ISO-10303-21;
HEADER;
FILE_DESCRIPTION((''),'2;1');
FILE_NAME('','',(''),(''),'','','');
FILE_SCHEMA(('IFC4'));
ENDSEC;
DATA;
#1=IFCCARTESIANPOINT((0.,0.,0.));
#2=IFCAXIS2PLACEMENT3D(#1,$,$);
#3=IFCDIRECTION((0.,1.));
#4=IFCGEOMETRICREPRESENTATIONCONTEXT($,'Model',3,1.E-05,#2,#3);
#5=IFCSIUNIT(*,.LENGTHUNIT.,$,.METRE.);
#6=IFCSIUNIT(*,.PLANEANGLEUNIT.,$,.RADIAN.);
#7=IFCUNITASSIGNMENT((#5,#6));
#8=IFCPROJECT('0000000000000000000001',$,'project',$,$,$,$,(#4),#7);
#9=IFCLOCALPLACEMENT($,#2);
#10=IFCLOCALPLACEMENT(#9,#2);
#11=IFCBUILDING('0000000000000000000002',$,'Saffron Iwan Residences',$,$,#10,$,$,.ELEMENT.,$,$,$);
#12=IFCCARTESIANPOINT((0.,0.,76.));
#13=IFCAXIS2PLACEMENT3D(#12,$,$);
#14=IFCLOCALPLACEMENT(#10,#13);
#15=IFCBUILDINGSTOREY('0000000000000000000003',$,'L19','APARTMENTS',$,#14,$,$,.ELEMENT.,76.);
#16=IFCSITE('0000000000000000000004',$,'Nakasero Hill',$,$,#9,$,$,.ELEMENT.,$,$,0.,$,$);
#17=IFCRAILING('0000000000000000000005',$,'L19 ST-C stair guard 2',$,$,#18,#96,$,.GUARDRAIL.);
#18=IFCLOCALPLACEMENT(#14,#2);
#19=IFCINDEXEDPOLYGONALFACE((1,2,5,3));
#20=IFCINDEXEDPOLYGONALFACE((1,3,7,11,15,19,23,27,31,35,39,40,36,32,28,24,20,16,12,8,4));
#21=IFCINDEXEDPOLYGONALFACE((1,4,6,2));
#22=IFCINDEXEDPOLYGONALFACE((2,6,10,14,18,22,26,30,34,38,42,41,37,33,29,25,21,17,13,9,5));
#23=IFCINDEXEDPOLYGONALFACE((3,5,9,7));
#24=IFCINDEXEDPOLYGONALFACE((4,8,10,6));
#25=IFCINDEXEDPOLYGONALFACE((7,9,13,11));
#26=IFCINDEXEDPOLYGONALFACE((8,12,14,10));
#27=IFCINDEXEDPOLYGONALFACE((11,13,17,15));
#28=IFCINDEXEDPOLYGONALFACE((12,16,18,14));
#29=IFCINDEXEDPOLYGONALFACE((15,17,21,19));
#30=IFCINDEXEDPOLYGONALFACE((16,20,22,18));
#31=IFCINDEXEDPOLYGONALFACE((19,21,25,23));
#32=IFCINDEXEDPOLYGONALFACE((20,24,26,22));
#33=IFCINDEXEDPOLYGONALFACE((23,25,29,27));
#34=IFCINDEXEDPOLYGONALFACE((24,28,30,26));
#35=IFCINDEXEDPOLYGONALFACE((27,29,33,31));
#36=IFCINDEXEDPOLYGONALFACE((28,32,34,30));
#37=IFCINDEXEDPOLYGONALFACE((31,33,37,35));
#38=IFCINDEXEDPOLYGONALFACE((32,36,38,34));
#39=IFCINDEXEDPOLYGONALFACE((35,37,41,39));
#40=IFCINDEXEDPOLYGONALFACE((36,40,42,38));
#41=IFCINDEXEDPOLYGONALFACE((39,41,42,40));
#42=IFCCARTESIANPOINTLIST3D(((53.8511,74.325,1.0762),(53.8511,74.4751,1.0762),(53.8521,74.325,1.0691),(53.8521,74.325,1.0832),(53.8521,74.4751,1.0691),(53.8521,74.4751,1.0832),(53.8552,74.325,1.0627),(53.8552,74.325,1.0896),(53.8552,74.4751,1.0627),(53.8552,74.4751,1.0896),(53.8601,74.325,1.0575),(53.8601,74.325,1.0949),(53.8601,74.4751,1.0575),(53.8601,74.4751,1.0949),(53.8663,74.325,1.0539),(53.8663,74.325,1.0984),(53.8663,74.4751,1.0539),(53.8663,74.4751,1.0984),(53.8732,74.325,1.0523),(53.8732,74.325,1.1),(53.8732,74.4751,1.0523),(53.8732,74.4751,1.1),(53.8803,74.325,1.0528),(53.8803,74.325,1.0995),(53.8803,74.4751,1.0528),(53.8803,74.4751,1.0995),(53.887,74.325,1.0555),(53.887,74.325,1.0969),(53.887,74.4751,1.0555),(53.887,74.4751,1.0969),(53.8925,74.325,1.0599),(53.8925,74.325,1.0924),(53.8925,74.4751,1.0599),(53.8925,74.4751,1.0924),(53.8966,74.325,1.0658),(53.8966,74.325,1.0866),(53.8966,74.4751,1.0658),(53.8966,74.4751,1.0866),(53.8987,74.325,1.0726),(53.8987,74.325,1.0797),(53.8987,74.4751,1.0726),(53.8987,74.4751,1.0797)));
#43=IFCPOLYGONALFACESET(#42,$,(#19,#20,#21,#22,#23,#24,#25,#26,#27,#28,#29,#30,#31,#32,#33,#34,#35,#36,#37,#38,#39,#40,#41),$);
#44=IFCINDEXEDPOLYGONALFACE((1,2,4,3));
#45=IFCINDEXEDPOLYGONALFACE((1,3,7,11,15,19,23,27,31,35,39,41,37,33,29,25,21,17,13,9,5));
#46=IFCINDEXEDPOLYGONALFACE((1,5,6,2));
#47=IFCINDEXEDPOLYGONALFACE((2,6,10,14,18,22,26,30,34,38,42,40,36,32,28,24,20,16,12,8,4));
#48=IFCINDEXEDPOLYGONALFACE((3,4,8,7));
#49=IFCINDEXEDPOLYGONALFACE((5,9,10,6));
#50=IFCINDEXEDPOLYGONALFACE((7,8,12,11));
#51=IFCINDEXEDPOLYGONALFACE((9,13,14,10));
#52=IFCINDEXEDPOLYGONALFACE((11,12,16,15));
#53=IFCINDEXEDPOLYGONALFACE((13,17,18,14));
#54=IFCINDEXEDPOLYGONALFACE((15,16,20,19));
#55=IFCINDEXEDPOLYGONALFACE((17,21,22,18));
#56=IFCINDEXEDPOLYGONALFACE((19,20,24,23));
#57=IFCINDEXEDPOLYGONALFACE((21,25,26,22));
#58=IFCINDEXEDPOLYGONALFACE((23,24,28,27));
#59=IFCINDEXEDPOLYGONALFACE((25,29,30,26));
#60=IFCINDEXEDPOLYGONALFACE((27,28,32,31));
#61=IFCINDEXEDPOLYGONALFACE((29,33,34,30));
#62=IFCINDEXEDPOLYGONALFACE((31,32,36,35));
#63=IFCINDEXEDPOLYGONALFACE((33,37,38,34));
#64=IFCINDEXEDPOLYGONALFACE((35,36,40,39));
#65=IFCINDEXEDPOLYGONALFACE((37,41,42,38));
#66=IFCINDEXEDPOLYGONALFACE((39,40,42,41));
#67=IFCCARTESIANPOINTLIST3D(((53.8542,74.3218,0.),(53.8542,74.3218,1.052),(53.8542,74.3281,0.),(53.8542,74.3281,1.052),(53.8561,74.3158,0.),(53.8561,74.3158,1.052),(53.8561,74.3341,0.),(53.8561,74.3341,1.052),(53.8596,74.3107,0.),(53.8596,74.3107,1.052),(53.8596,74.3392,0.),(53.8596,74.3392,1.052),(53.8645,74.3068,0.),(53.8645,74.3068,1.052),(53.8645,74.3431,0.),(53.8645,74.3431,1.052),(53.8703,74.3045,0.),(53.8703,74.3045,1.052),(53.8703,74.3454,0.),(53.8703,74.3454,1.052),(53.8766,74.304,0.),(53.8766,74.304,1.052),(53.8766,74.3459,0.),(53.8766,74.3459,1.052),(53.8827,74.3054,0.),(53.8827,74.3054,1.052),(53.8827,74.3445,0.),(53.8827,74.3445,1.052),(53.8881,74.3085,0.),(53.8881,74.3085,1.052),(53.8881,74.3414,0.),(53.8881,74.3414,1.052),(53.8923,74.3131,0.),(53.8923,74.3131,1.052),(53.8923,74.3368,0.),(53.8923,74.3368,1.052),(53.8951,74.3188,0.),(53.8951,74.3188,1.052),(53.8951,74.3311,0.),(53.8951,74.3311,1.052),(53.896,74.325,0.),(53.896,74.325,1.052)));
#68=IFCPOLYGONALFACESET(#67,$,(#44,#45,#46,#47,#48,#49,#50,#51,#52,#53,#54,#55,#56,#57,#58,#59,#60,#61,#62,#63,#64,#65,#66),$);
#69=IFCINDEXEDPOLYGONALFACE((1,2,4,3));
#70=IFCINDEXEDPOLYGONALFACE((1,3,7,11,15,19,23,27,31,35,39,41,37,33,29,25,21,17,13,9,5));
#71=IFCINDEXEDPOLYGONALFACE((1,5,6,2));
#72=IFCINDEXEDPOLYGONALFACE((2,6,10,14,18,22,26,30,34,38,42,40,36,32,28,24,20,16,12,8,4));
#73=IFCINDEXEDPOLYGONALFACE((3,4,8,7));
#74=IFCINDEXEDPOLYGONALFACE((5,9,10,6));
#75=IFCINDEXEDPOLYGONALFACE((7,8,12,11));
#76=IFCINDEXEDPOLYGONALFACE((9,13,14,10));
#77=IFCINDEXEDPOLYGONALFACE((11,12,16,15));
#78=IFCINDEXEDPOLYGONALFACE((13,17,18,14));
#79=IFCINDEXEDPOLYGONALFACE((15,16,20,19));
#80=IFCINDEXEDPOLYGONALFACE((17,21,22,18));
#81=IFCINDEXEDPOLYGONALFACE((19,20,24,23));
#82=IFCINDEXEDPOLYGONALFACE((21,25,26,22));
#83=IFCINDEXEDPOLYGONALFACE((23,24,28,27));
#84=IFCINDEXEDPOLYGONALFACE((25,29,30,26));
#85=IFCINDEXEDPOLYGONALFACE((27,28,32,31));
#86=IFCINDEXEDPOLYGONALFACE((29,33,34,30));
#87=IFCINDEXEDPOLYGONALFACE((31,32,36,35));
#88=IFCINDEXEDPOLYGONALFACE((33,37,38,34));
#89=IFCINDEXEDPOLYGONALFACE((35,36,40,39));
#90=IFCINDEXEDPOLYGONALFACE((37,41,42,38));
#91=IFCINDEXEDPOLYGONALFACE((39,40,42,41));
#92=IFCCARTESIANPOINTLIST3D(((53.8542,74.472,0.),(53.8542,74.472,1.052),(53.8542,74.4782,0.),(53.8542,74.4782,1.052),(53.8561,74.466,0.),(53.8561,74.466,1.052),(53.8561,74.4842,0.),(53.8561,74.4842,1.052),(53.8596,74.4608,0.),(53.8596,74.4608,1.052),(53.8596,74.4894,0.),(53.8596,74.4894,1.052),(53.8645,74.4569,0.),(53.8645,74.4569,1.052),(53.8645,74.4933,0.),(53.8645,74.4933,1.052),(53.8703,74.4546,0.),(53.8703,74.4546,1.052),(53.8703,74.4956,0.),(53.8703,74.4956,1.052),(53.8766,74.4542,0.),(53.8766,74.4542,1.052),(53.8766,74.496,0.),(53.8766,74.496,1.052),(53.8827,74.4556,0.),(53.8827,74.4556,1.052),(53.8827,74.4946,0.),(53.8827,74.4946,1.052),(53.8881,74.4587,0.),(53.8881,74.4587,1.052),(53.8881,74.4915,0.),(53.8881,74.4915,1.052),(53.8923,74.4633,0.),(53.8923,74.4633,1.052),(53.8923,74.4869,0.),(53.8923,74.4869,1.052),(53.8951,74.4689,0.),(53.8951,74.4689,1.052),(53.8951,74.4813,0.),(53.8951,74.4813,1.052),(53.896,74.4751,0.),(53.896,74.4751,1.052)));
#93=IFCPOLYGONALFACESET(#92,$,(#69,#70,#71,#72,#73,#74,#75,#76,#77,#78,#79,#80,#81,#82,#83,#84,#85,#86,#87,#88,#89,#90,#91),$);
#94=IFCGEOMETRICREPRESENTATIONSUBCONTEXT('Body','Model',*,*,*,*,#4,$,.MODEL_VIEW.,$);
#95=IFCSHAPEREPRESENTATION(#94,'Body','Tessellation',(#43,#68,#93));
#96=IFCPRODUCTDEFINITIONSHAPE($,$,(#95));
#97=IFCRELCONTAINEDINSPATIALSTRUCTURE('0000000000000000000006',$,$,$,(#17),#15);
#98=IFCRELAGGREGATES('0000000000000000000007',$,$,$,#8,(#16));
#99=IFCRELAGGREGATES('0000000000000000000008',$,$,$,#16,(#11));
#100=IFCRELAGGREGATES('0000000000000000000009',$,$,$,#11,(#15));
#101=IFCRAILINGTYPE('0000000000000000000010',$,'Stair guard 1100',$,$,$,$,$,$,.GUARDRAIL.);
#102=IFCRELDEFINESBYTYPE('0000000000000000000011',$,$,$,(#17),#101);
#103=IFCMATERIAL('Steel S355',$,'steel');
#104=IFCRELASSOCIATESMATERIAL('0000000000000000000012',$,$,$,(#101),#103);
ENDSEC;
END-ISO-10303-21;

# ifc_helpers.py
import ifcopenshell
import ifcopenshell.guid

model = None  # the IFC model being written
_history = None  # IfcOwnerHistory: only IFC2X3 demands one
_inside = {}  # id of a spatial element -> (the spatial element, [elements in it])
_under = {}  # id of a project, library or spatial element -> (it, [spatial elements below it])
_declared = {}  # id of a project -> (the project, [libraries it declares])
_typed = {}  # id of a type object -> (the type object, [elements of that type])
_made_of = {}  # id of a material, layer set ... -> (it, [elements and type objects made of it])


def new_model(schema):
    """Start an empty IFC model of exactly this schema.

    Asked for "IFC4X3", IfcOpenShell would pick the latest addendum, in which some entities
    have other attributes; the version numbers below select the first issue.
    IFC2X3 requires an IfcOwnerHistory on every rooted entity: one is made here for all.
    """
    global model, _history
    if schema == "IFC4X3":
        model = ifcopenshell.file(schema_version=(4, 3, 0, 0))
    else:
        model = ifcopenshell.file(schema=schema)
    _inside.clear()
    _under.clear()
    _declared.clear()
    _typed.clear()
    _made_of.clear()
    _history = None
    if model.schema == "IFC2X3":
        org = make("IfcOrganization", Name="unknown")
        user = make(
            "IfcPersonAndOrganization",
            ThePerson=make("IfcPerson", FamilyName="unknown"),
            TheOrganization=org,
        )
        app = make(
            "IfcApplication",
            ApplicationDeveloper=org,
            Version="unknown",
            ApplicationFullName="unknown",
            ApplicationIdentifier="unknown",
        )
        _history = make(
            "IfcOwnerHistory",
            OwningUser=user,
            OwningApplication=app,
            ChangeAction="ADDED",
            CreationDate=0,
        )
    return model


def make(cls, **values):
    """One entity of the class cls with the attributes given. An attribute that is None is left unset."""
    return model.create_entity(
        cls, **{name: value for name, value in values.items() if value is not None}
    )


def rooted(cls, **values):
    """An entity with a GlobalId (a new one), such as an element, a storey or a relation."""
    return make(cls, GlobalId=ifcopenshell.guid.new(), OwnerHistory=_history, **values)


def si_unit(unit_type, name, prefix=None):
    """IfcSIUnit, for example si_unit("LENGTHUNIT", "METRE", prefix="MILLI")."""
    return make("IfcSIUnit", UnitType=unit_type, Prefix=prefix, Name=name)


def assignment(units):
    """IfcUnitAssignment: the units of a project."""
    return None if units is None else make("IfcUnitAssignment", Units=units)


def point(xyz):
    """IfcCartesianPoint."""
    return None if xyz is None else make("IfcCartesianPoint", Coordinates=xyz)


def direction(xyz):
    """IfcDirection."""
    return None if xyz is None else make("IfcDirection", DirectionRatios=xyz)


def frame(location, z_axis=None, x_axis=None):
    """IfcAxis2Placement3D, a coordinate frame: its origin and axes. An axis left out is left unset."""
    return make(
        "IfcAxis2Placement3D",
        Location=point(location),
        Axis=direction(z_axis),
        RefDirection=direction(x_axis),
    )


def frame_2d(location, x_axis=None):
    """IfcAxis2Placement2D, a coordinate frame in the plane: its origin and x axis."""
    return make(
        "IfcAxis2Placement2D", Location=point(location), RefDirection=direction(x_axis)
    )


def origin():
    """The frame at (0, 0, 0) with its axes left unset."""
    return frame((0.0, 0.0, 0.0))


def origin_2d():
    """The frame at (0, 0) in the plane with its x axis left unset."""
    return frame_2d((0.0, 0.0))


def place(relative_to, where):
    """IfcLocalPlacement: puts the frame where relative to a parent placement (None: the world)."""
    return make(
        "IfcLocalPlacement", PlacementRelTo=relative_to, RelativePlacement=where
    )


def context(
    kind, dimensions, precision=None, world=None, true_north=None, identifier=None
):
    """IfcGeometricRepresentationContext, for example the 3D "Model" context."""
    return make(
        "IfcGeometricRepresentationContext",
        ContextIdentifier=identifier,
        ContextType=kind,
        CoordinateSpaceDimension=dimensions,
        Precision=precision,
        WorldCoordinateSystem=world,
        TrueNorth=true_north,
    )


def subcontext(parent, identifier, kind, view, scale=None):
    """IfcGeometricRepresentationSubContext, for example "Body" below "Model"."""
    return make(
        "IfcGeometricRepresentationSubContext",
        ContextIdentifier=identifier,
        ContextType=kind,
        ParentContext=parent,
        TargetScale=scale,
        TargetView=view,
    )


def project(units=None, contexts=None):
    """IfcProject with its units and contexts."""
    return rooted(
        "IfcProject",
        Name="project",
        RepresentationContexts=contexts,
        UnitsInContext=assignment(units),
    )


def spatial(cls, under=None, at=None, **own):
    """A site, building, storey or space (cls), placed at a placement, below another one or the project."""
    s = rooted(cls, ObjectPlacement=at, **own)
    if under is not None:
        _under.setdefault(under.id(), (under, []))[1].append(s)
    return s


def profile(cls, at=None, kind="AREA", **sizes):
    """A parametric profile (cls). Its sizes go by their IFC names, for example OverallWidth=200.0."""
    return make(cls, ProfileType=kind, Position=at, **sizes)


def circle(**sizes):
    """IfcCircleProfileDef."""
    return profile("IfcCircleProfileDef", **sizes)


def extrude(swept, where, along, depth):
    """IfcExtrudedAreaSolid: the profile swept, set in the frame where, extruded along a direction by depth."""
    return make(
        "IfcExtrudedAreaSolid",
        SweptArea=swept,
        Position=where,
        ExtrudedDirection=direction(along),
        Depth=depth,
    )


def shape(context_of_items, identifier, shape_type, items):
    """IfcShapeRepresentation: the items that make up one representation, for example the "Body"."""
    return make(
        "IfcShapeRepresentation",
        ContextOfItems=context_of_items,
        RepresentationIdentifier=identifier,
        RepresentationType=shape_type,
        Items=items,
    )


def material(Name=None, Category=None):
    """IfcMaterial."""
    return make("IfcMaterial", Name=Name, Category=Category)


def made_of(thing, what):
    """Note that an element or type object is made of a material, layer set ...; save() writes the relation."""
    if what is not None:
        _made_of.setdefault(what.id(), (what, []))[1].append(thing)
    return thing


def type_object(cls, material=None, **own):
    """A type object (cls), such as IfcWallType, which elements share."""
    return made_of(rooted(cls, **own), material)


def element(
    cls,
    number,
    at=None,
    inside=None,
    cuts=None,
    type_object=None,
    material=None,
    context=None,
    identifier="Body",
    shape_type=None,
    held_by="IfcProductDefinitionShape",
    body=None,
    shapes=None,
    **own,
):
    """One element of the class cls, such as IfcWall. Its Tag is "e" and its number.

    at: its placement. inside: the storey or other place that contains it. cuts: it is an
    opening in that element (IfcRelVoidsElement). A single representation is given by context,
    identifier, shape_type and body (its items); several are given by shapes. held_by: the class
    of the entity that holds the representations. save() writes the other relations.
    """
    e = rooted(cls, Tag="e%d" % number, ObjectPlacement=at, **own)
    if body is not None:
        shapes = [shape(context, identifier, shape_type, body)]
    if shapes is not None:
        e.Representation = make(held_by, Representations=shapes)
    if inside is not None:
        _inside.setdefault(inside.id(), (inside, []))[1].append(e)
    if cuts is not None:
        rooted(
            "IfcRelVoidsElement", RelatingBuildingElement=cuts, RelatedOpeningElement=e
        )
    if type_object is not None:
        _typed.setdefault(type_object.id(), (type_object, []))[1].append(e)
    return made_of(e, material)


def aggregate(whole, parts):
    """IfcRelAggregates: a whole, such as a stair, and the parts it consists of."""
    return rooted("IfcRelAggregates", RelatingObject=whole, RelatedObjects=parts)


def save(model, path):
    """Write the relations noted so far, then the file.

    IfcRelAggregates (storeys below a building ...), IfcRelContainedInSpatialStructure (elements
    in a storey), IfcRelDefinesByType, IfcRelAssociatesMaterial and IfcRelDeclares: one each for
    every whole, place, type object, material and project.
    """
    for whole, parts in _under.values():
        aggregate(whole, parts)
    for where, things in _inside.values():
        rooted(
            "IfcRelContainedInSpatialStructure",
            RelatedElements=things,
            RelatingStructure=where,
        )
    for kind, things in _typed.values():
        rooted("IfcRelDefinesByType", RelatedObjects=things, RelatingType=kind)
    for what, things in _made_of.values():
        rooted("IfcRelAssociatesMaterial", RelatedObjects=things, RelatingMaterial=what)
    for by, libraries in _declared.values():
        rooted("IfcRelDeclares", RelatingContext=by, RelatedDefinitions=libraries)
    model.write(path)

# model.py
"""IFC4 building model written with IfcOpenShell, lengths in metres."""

from ifc_helpers import new_model, si_unit, direction, frame, origin, origin_2d, place, context, subcontext, project, spatial, circle, extrude, material, type_object, element, save


model = new_model("IFC4")

# Units and contexts
model_context = context("Model", 3, precision=1e-05, world=origin(), true_north=direction((0.0, 1.0)))
body_context = subcontext(model_context, "Body", "Model", "MODEL_VIEW")
ifc_project = project(units=[si_unit("LENGTHUNIT", "METRE"), si_unit("PLANEANGLEUNIT", "RADIAN")], contexts=[model_context])

# Site, building, storey
site_placement = place(None, origin())
site = spatial("IfcSite", under=ifc_project, at=site_placement, Name="Nakasero Hill", CompositionType="ELEMENT", RefElevation=0.0)
building_placement = place(site_placement, origin())
building = spatial("IfcBuilding", under=site, at=building_placement, Name="Saffron Iwan Residences", CompositionType="ELEMENT")
storey_placement = place(building_placement, frame((0.0, 0.0, 76.0)))
storey = spatial("IfcBuildingStorey", under=building, at=storey_placement, Name="L19", Description="APARTMENTS", CompositionType="ELEMENT", Elevation=76.0)

# Railing
ifc_material_1 = material(Name="Steel S355", Category="steel")
railing_type_1 = type_object("IfcRailingType", Name="Stair guard 1100", PredefinedType="GUARDRAIL", material=ifc_material_1)
railing_1_placement = place(storey_placement, frame((53.875, 74.325, 0.0)))
element("IfcRailing", 1, at=railing_1_placement, inside=storey, type_object=railing_type_1, Name="L19 ST-C stair guard 2", PredefinedType="GUARDRAIL", context=body_context, shape_type="SweptSolid", body=[
    extrude(circle(Radius=0.0239, at=origin_2d()), frame((0.0, 0.0, 1.0762), z_axis=(0.0, 1.0, 0.0), x_axis=(-1.0, 0.0, 0.0)), (0.0, 0.0, 1.0), 0.1501),
    extrude(circle(Radius=0.021, at=origin_2d()), origin(), (0.0, 0.0, 1.0), 1.052),
    extrude(circle(Radius=0.021, at=origin_2d()), frame((0.0, 0.1501, 0.0)), (0.0, 0.0, 1.0), 1.052),
])

save(model, "model.ifc")
